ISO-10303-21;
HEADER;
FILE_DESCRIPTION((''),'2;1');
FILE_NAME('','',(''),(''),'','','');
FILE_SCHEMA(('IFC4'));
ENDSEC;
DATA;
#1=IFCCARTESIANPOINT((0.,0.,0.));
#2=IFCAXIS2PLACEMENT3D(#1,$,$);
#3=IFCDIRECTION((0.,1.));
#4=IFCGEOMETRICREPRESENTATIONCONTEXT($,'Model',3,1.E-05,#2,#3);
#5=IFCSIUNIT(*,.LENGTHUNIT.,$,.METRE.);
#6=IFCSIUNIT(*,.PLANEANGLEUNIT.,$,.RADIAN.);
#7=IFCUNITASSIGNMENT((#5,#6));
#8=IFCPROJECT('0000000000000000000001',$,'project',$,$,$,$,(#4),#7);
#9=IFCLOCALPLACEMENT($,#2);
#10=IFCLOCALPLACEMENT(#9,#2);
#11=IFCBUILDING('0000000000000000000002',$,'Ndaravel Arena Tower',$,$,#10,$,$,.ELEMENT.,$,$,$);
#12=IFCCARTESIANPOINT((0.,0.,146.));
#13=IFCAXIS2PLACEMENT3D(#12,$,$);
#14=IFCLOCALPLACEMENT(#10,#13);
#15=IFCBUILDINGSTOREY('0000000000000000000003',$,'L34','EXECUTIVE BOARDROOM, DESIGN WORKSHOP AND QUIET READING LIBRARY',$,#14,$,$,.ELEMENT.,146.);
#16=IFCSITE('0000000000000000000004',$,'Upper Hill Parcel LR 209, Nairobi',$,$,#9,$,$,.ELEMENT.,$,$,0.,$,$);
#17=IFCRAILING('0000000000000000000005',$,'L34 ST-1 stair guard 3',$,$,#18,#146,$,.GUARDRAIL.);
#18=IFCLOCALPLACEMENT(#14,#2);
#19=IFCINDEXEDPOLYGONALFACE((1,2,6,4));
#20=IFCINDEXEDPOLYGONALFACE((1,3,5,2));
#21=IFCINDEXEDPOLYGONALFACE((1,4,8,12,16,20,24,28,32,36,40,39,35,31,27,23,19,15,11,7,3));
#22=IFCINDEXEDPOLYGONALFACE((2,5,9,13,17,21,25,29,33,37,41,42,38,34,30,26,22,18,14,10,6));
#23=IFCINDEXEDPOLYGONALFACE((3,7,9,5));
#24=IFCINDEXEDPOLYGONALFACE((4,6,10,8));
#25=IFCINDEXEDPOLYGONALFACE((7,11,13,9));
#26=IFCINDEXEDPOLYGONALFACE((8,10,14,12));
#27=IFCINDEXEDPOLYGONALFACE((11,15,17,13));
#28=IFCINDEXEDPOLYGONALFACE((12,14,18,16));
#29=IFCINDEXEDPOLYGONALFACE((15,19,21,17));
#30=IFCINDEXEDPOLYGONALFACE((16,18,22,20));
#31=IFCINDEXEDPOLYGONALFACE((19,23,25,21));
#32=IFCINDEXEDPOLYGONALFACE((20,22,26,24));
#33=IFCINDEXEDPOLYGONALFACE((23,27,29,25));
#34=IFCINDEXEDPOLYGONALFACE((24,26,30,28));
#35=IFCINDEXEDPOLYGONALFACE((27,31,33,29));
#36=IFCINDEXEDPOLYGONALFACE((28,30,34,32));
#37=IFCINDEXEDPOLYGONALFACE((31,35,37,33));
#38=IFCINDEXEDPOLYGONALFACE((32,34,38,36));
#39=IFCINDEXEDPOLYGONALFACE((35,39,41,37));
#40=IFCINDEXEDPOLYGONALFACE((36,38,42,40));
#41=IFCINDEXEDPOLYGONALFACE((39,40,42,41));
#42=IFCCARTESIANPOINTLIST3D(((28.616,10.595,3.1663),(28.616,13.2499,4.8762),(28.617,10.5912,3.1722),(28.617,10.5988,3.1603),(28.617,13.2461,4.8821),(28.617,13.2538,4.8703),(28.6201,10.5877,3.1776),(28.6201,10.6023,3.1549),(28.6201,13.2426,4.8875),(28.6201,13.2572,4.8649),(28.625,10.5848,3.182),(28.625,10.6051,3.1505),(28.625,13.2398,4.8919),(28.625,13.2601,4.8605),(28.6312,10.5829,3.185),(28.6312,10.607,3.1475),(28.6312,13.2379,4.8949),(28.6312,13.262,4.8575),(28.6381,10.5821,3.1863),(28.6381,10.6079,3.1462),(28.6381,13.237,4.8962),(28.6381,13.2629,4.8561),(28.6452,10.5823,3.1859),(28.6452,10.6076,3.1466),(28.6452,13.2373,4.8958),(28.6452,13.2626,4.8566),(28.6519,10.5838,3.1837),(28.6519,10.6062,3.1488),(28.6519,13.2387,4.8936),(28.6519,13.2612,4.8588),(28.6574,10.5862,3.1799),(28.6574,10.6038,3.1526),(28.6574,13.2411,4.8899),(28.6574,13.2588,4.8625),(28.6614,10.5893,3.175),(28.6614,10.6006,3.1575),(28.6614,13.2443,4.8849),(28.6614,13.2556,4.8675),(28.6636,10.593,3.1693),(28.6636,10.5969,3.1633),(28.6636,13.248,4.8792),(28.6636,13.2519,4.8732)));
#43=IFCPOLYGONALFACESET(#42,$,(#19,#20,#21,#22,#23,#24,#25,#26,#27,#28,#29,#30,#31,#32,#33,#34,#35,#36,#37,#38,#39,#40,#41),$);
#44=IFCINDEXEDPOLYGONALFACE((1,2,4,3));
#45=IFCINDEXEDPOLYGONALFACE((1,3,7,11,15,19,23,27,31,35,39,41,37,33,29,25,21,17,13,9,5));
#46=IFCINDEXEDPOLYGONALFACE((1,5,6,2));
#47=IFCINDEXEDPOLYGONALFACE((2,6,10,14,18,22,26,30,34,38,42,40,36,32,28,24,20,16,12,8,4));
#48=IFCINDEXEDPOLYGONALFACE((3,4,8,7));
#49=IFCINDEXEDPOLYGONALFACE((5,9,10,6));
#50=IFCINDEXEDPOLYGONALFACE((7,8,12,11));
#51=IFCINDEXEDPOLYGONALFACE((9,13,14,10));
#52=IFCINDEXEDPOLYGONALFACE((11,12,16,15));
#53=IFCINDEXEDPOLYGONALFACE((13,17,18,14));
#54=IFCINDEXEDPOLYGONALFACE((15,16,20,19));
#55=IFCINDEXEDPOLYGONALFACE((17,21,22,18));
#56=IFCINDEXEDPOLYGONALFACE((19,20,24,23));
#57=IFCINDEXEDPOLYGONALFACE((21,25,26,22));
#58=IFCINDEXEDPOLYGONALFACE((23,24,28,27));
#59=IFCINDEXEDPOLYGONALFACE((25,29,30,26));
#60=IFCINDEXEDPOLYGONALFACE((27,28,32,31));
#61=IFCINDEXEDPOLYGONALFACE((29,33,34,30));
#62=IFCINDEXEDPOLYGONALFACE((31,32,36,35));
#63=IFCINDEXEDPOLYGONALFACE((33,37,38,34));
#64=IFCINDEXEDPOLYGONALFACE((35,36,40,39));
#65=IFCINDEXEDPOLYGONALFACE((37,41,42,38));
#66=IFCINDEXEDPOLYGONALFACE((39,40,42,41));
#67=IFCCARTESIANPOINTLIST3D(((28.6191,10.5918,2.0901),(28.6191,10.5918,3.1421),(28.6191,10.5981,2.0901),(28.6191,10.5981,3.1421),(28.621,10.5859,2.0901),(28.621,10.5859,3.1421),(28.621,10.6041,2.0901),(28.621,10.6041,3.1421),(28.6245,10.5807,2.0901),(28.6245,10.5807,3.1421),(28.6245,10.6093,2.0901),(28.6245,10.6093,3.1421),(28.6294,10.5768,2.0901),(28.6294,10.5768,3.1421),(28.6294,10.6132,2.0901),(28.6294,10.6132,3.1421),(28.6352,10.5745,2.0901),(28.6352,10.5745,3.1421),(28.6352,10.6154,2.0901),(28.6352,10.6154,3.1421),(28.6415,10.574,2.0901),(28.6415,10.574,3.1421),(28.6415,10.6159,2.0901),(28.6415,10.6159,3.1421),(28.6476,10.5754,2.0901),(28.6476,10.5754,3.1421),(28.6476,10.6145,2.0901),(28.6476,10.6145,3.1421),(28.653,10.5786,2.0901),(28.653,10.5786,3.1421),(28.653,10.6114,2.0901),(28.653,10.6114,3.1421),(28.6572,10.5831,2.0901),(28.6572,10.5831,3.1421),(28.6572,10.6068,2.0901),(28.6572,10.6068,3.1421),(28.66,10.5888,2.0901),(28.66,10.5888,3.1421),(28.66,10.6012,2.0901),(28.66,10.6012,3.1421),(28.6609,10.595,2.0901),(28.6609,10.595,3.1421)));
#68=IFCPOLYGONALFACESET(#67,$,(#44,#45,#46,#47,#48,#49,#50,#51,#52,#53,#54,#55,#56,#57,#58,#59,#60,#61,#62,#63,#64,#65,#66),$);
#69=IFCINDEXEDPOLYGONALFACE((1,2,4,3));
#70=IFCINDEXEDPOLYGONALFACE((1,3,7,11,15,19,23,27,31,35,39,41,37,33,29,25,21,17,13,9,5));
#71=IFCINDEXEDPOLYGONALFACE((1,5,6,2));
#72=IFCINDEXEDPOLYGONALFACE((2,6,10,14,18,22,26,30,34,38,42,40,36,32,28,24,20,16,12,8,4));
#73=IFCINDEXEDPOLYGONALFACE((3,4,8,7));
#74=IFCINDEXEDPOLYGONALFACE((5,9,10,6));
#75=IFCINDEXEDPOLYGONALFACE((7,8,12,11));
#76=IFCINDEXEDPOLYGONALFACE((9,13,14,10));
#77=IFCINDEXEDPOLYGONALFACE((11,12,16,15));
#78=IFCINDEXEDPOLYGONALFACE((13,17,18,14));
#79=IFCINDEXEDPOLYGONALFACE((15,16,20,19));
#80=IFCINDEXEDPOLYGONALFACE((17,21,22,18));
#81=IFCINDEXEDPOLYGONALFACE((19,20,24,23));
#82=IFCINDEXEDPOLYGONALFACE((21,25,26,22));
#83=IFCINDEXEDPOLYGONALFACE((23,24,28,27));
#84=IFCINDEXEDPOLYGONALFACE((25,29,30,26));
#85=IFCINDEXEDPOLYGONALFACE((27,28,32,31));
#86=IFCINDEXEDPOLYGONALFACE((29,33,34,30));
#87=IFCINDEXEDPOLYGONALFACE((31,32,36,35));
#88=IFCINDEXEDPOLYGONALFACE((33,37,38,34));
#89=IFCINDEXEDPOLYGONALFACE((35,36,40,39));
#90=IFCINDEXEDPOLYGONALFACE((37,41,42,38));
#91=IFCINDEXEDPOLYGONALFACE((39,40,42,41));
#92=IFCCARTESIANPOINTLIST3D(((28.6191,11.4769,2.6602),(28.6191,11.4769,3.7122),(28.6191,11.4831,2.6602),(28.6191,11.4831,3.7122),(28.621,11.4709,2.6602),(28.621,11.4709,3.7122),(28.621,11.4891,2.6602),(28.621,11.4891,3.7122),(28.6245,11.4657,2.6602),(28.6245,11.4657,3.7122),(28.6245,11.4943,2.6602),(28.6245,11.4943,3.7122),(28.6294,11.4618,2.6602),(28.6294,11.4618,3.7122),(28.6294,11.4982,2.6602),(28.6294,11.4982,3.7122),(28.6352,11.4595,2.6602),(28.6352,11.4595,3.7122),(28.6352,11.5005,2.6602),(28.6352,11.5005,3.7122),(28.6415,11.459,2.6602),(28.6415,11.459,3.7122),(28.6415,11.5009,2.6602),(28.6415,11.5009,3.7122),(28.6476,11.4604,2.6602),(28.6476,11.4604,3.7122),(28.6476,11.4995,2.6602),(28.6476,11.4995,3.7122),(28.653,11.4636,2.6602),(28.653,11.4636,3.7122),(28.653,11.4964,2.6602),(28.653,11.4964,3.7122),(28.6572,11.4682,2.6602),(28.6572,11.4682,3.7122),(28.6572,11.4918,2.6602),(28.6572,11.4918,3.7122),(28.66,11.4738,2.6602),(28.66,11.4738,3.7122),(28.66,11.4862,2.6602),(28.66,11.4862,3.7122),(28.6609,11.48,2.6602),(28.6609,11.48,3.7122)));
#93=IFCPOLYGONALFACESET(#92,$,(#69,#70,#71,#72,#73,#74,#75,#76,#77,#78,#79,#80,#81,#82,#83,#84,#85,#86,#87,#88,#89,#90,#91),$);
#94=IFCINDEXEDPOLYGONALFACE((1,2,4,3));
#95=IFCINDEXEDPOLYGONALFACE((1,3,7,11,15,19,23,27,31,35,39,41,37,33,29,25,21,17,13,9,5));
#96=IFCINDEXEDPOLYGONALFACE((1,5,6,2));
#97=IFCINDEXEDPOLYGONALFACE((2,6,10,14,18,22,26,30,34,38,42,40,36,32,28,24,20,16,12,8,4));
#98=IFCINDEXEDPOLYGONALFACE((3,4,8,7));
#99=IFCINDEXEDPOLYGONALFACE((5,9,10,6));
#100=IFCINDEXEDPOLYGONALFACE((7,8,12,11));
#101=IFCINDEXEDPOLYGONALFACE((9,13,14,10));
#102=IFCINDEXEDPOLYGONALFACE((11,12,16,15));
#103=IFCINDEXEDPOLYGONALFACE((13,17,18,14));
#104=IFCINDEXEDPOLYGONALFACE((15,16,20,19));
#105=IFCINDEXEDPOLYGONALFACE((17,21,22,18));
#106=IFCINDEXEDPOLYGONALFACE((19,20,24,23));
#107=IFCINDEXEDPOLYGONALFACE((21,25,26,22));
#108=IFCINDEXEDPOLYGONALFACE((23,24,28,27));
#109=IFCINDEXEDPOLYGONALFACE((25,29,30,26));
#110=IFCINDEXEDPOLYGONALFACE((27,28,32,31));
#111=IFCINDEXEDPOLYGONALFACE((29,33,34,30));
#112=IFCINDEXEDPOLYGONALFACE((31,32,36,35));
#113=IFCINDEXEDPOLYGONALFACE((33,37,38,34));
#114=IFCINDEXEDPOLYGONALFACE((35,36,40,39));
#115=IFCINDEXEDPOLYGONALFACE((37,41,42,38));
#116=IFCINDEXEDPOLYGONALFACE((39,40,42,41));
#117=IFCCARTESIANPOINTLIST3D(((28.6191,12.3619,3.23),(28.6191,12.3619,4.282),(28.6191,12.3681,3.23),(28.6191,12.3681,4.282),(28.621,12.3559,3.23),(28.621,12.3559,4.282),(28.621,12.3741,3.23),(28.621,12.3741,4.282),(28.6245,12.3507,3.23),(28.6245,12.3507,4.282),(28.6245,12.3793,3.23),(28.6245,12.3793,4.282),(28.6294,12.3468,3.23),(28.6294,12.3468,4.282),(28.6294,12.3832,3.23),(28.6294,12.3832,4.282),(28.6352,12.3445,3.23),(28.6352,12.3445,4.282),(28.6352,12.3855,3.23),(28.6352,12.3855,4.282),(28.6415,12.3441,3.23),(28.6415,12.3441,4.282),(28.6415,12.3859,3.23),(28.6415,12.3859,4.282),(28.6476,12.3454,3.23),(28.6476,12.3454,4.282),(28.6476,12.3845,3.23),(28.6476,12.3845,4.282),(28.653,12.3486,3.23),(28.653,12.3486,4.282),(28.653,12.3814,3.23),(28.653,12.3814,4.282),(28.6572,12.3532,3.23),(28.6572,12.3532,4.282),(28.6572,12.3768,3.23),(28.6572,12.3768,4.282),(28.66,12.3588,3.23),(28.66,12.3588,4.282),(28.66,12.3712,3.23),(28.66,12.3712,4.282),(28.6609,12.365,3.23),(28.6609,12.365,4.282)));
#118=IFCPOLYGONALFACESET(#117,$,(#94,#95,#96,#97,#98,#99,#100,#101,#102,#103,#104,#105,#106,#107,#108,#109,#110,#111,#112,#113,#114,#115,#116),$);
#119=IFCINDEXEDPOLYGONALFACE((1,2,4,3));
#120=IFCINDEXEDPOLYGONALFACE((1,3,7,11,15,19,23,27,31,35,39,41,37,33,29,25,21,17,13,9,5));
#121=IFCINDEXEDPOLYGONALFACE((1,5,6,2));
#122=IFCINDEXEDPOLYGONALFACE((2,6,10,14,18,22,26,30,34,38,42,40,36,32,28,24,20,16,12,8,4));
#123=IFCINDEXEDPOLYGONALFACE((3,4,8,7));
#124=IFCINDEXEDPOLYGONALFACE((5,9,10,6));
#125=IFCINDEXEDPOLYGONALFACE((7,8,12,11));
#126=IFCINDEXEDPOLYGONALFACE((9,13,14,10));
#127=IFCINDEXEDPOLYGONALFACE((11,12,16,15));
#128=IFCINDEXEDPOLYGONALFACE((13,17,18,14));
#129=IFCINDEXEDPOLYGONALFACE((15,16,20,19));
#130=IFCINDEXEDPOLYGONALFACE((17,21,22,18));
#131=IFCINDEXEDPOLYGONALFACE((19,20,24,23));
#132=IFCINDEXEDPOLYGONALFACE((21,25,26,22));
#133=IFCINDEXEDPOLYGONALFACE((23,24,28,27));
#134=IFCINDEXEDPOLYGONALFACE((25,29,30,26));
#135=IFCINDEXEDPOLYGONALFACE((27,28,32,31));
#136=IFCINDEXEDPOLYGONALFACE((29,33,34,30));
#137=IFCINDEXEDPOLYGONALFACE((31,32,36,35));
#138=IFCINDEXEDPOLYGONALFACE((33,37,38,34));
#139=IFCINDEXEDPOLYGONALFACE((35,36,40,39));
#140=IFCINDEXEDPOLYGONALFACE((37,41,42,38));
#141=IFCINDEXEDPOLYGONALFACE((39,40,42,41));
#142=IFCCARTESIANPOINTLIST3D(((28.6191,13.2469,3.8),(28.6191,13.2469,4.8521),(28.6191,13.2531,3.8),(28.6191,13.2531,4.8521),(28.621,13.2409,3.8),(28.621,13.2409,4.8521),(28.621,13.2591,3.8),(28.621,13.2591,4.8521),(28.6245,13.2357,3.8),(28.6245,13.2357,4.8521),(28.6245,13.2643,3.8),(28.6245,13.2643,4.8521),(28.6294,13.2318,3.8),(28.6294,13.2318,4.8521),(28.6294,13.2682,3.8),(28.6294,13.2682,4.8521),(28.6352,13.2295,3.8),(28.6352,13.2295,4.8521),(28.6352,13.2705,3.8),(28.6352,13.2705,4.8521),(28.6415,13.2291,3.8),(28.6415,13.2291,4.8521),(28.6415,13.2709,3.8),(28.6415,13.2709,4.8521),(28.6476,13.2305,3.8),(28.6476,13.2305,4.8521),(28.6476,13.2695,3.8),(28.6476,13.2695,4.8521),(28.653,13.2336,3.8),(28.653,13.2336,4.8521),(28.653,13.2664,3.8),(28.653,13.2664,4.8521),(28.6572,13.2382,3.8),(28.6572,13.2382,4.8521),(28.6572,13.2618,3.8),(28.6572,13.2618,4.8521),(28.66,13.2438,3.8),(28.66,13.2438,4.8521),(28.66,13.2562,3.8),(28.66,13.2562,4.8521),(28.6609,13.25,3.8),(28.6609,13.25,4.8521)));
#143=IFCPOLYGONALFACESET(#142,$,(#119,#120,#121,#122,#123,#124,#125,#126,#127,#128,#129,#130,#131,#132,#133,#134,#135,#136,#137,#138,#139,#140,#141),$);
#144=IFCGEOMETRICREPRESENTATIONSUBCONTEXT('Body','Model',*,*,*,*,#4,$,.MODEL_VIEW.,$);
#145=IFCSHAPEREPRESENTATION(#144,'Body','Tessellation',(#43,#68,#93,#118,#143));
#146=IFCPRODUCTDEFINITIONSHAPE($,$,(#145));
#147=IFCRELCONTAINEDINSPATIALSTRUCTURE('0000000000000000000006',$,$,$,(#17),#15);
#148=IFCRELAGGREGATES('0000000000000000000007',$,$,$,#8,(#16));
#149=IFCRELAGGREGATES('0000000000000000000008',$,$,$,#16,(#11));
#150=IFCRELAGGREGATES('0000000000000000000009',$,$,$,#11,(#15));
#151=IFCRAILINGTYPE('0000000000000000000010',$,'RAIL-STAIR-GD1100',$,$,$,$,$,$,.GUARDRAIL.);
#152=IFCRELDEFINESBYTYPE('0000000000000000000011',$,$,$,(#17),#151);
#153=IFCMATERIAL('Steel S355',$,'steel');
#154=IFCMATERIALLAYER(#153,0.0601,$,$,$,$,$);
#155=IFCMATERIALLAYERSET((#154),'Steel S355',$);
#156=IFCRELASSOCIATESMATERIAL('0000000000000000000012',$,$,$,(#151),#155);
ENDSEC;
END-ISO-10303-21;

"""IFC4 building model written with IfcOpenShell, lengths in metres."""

from ifc_helpers import new_model, si_unit, direction, frame, origin, origin_2d, place, context, subcontext, project, spatial, circle, extrude, material, layer, layer_set, type_object, element, save


model = new_model("IFC4")

# Units and contexts
model_context = context("Model", 3, precision=1e-05, world=origin(), true_north=direction((0.0, 1.0)))
body_context = subcontext(model_context, "Body", "Model", "MODEL_VIEW")
ifc_project = project(units=[si_unit("LENGTHUNIT", "METRE"), si_unit("PLANEANGLEUNIT", "RADIAN")], contexts=[model_context])

# Site, building, storey
site_placement = place(None, origin())
site = spatial("IfcSite", under=ifc_project, at=site_placement, Name="Upper Hill Parcel LR 209, Nairobi", CompositionType="ELEMENT", RefElevation=0.0)
building_placement = place(site_placement, origin())
building = spatial("IfcBuilding", under=site, at=building_placement, Name="Ndaravel Arena Tower", CompositionType="ELEMENT")
storey_placement = place(building_placement, frame((0.0, 0.0, 146.0)))
storey = spatial("IfcBuildingStorey", under=building, at=storey_placement, Name="L34", Description="EXECUTIVE BOARDROOM, DESIGN WORKSHOP AND QUIET READING LIBRARY", CompositionType="ELEMENT", Elevation=146.0)

# Railing
ifc_material_1 = material(Name="Steel S355", Category="steel")
ifc_layer_1 = layer(ifc_material_1, 0.0601)
ifc_layer_set_1 = layer_set([ifc_layer_1], Name="Steel S355")
railing_type_1 = type_object("IfcRailingType", Name="RAIL-STAIR-GD1100", PredefinedType="GUARDRAIL", material=ifc_layer_set_1)
railing_1_placement = place(storey_placement, frame((28.6399, 10.595, 2.0901)))
element("IfcRailing", 1, at=railing_1_placement, inside=storey, type_object=railing_type_1, Name="L34 ST-1 stair guard 3", PredefinedType="GUARDRAIL", context=body_context, shape_type="SweptSolid", body=[
    extrude(circle(Radius=0.0239, at=origin_2d()), frame((0.0, 0.0, 1.0762), z_axis=(0.0, 0.840724, 0.541465), x_axis=(-1.0, 0.0, 0.0)), (0.0, 0.0, 1.0), 3.158),
    extrude(circle(Radius=0.021, at=origin_2d()), origin(), (0.0, 0.0, 1.0), 1.052),
    extrude(circle(Radius=0.021, at=origin_2d()), frame((0.0, 0.885, 0.5701)), (0.0, 0.0, 1.0), 1.052),
    extrude(circle(Radius=0.021, at=origin_2d()), frame((0.0, 1.77, 1.1399)), (0.0, 0.0, 1.0), 1.052),
    extrude(circle(Radius=0.021, at=origin_2d()), frame((0.0, 2.655, 1.71)), (0.0, 0.0, 1.0), 1.052),
])

save(model, "model.ifc")
